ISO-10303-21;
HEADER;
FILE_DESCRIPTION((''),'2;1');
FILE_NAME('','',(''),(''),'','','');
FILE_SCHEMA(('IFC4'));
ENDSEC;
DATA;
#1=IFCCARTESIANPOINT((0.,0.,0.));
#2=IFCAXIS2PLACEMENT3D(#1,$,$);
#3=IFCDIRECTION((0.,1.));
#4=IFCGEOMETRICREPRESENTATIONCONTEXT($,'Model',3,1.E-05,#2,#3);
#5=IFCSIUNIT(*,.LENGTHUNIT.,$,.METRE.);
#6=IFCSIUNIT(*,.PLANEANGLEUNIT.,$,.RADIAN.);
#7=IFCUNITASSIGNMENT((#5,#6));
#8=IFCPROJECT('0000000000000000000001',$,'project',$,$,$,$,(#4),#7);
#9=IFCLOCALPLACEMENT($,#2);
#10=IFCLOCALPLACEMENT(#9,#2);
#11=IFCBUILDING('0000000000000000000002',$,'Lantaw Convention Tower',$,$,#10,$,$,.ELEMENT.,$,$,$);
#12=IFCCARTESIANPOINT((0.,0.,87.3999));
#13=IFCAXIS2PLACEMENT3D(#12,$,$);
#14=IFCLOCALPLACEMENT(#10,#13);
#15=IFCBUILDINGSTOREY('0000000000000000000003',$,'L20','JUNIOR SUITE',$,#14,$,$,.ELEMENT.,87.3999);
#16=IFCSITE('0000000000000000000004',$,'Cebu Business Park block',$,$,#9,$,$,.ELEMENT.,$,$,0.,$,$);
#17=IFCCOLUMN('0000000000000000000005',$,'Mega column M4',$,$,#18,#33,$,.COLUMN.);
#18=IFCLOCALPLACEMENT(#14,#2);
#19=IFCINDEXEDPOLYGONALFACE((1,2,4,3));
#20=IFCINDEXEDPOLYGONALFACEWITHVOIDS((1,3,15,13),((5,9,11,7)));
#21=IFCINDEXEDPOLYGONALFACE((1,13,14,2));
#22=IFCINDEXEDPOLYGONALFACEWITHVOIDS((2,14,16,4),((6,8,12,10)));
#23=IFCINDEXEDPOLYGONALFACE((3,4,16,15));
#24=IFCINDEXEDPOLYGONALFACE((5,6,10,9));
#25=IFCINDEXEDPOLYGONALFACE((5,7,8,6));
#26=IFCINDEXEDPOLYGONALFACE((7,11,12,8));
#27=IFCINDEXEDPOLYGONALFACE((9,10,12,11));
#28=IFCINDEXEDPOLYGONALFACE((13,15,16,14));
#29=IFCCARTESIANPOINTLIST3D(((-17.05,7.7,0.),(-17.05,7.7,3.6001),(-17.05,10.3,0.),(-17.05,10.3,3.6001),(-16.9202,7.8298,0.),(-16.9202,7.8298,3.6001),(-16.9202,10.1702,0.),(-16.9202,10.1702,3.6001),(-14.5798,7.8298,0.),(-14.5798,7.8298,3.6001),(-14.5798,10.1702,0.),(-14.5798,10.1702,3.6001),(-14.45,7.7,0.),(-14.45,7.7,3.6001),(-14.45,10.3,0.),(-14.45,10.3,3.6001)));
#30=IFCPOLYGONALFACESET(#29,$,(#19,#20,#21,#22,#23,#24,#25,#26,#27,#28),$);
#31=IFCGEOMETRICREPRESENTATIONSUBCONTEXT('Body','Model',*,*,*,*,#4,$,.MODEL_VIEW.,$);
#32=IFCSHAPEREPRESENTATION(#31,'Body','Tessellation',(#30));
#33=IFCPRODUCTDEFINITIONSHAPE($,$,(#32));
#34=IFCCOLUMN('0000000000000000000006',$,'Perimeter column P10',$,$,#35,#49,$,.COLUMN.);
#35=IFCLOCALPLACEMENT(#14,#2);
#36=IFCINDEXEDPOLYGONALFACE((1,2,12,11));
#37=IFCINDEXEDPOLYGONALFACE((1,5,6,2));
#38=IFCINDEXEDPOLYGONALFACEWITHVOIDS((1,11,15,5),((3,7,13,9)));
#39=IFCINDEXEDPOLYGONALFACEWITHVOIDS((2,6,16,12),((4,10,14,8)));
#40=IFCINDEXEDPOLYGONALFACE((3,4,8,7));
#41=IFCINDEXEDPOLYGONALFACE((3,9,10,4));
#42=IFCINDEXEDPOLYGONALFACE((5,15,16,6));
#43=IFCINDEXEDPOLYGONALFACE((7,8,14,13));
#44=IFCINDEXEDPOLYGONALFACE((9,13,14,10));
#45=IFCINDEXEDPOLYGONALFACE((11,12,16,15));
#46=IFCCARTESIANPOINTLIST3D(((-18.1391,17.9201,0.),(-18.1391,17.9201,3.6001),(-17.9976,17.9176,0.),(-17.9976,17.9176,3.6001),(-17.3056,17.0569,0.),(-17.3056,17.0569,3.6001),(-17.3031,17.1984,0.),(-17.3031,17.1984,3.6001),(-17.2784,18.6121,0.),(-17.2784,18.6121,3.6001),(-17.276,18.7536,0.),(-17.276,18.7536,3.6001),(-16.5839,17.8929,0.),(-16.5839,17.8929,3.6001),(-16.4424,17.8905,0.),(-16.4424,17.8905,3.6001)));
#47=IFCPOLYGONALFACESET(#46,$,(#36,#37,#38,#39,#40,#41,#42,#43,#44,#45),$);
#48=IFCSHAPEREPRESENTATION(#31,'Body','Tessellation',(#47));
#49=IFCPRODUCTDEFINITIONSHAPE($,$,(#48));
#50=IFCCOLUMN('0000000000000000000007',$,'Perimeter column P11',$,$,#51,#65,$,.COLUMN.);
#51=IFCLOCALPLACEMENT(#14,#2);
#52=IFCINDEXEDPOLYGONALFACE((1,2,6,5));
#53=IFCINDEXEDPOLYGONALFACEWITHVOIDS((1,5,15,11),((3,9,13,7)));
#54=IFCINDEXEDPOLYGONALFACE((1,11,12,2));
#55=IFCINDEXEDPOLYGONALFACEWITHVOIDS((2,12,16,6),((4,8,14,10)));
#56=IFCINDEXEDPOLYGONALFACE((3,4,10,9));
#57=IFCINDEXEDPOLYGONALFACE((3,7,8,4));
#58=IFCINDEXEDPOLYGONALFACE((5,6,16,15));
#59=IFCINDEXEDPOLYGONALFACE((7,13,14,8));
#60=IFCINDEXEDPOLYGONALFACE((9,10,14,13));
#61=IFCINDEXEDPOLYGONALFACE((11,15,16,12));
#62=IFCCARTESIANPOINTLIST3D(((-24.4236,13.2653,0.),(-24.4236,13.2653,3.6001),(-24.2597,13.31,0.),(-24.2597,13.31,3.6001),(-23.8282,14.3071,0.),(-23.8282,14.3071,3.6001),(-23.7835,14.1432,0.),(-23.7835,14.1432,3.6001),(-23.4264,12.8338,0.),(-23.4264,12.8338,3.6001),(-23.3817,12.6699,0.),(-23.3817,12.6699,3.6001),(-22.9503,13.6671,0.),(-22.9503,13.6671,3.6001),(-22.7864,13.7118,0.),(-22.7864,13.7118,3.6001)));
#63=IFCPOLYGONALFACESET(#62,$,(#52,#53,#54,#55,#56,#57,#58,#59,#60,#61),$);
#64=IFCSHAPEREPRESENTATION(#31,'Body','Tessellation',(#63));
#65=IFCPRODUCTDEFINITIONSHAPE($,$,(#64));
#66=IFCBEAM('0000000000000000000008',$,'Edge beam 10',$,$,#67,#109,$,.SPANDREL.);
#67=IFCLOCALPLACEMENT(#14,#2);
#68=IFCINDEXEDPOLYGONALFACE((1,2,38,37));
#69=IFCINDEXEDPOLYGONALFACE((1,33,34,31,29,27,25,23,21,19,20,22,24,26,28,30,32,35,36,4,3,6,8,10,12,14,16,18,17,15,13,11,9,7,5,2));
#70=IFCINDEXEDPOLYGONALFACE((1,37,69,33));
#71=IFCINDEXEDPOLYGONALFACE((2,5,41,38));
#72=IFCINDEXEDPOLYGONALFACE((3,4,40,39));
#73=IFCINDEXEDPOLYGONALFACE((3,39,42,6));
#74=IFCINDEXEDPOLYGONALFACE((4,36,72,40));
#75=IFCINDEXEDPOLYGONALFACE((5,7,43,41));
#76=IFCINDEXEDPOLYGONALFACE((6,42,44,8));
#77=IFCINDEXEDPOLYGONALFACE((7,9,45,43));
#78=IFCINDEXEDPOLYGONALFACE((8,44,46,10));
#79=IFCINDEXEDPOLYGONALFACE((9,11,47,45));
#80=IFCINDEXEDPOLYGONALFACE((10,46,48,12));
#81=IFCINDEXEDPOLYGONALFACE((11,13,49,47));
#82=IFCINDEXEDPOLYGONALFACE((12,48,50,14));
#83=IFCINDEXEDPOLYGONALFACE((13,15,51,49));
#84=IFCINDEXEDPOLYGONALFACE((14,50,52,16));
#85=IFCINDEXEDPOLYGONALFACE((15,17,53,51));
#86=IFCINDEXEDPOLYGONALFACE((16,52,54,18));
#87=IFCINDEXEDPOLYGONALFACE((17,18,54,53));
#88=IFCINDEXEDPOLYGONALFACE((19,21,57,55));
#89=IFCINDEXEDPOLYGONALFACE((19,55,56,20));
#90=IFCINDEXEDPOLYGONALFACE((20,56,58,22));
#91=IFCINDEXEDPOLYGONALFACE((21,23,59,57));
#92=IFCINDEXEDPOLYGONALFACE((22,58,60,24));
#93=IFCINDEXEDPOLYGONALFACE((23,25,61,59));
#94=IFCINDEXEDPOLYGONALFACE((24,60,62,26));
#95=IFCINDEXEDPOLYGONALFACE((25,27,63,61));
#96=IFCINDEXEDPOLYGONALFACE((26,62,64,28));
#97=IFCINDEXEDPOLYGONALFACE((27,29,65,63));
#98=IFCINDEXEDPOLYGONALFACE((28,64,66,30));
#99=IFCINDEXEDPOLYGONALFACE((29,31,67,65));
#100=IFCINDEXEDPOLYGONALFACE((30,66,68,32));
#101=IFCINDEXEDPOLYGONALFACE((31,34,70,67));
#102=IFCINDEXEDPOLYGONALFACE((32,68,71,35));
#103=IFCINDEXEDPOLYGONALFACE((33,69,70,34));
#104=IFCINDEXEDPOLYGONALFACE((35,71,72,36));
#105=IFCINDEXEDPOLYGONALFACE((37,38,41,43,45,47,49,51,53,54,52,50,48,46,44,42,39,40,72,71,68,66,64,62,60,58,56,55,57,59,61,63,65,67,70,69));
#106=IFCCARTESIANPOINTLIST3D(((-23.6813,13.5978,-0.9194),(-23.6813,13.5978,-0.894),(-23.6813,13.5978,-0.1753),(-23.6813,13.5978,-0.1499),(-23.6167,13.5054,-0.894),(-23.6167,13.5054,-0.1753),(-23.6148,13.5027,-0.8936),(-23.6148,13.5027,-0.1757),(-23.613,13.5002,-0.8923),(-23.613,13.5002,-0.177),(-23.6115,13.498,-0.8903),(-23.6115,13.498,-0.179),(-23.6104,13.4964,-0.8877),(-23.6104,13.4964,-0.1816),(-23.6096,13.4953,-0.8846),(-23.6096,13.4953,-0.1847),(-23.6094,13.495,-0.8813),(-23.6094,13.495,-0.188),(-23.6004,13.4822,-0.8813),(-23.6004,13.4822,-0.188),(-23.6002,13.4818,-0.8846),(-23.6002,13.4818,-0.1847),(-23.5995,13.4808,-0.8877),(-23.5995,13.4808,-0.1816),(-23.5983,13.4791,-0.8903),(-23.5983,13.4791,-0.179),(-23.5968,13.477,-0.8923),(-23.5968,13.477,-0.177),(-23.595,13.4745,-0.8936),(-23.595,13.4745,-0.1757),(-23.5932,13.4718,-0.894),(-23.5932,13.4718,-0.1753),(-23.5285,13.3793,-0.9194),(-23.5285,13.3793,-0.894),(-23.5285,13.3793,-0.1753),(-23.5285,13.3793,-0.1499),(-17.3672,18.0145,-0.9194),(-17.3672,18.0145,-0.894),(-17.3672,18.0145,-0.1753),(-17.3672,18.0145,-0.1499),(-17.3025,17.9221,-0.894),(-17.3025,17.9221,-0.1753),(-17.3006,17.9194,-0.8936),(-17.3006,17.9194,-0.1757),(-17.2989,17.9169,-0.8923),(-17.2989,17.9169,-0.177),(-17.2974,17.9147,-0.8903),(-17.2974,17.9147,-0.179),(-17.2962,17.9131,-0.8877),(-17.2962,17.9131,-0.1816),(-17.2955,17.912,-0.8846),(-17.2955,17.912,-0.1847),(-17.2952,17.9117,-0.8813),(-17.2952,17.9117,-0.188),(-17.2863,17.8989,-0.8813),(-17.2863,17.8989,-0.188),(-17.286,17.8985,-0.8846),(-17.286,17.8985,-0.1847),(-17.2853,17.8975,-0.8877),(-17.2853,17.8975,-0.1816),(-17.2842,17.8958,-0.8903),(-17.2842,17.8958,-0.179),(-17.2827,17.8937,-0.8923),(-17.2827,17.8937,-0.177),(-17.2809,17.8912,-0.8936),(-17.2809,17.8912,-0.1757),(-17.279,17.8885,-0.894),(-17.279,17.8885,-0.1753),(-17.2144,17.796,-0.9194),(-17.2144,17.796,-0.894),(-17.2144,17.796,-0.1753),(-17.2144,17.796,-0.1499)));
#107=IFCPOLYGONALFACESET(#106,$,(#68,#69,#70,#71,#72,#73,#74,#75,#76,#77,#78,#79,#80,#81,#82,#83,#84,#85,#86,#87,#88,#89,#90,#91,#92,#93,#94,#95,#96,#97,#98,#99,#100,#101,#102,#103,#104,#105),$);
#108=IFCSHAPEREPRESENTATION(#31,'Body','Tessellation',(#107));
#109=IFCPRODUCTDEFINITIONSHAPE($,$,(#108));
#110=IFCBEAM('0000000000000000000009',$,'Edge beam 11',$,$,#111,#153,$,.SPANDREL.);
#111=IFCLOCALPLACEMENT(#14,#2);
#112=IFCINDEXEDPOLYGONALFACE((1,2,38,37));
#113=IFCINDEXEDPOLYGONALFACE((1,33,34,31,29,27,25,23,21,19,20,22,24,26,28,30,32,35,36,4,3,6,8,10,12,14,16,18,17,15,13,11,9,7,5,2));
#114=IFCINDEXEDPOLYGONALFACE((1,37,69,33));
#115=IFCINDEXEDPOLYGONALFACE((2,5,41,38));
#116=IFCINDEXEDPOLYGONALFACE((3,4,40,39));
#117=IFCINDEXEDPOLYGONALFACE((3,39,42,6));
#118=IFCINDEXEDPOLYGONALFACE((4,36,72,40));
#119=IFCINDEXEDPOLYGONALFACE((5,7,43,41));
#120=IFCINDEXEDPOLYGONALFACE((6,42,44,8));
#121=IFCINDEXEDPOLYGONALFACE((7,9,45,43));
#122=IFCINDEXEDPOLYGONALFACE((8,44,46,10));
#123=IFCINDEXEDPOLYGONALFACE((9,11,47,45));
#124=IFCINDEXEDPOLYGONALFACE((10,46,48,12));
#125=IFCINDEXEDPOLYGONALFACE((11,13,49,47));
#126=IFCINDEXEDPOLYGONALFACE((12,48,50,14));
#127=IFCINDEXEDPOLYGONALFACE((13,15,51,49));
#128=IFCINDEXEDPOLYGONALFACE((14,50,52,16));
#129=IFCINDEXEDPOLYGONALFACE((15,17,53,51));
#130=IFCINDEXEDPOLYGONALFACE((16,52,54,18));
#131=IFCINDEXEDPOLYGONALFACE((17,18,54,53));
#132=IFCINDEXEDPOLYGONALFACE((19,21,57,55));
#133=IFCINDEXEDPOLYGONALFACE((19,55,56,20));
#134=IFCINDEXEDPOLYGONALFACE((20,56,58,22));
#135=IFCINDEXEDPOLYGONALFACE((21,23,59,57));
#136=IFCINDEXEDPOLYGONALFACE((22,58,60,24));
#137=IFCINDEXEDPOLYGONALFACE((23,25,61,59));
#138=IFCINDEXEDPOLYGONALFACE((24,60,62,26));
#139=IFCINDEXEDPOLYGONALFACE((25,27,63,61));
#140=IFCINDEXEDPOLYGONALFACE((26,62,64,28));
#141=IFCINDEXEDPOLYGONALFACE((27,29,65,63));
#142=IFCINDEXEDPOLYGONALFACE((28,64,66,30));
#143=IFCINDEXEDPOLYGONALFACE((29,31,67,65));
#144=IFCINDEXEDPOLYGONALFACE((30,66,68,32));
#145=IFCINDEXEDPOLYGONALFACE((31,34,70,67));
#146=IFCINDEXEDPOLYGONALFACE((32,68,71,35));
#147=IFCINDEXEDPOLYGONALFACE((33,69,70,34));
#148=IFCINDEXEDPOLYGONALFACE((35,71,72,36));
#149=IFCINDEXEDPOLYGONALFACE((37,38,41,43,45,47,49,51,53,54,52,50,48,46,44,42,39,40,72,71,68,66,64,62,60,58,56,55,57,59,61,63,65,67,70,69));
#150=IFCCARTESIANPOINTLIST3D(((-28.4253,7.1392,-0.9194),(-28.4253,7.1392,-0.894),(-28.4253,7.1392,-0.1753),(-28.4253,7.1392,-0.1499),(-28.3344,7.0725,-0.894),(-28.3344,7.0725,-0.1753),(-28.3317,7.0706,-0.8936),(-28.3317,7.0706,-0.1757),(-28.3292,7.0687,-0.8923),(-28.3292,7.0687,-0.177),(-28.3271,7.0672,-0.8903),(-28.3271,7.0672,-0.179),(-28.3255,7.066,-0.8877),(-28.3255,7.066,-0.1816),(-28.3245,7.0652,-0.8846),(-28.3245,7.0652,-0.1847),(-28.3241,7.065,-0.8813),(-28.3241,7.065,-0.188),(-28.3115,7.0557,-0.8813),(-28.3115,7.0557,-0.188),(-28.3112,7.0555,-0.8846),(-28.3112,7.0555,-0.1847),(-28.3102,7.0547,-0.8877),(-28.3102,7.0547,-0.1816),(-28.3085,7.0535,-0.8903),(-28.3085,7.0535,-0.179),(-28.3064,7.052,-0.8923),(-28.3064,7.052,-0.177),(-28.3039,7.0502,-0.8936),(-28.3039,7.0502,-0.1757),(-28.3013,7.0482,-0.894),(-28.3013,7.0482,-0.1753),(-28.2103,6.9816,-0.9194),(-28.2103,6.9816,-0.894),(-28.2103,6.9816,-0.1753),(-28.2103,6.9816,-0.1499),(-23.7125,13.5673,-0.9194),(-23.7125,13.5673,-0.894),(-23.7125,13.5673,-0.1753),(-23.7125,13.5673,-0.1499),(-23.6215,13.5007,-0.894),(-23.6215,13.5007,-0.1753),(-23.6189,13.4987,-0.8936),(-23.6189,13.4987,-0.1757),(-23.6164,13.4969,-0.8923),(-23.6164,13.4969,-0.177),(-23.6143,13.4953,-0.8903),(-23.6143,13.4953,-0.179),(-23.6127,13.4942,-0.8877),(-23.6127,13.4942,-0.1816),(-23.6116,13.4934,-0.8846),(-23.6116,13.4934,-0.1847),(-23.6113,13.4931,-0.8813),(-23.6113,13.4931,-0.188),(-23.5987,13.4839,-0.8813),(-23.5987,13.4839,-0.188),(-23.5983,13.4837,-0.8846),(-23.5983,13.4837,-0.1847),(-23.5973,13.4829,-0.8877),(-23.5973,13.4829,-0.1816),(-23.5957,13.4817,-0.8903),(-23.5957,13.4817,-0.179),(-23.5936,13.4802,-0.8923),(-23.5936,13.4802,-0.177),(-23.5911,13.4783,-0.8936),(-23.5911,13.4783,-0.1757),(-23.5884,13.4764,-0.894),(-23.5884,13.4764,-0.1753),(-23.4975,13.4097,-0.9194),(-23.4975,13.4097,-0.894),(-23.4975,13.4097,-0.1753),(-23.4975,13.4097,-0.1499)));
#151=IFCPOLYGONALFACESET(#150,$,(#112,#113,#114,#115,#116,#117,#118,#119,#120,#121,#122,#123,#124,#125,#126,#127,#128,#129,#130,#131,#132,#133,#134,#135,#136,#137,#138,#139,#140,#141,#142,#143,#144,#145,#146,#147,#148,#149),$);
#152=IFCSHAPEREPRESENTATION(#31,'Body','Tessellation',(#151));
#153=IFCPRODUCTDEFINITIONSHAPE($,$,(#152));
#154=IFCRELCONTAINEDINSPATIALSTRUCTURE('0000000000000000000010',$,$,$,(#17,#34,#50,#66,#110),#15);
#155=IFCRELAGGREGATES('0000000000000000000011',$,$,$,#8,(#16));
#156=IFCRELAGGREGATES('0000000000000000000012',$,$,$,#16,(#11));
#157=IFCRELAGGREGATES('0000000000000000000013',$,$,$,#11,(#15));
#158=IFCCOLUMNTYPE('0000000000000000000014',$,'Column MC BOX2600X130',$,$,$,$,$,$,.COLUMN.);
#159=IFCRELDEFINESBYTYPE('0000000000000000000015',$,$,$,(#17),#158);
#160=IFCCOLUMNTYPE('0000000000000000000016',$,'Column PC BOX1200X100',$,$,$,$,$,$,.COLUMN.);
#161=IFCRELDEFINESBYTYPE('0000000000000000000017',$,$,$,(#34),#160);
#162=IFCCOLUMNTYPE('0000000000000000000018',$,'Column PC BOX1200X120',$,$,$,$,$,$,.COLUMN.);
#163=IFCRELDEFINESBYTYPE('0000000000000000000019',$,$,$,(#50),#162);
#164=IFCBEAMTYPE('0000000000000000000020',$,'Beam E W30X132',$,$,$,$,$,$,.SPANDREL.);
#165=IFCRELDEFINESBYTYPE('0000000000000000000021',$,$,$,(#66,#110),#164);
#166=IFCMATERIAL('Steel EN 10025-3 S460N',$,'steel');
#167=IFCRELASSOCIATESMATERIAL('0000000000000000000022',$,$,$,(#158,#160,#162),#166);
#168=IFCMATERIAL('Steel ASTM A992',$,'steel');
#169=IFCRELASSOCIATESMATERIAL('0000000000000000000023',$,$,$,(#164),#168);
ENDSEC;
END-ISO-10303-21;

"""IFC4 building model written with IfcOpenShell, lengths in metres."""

from ifc_helpers import new_model, si_unit, direction, frame, origin, origin_2d, place, context, subcontext, project, spatial, rectangle, hollow_rectangle, i_section, extrude, material, material_profile, profile_set, type_object, element, save


model = new_model("IFC4")

# Units and contexts
model_context = context("Model", 3, precision=1e-05, world=origin(), true_north=direction((0.0, 1.0)))
body_context = subcontext(model_context, "Body", "Model", "MODEL_VIEW")
ifc_project = project(units=[si_unit("LENGTHUNIT", "METRE"), si_unit("PLANEANGLEUNIT", "RADIAN")], contexts=[model_context])

# Site, building, storey
site_placement = place(None, origin())
site = spatial("IfcSite", under=ifc_project, at=site_placement, Name="Cebu Business Park block", CompositionType="ELEMENT", RefElevation=0.0)
building_placement = place(site_placement, origin())
building = spatial("IfcBuilding", under=site, at=building_placement, Name="Lantaw Convention Tower", CompositionType="ELEMENT")
storey_placement = place(building_placement, frame((0.0, 0.0, 87.3999)))
storey = spatial("IfcBuildingStorey", under=building, at=storey_placement, Name="L20", Description="JUNIOR SUITE", CompositionType="ELEMENT", Elevation=87.3999)

# Columns
ifc_material_1 = material(Name="Steel EN 10025-3 S460N", Category="steel")
ifc_material_profile_1 = material_profile(ifc_material_1, hollow_rectangle(XDim=2.6001, YDim=2.6001, WallThickness=0.1299, at=origin_2d()), Name="BOX2600X130")
ifc_material_2 = material(Name="Concrete C60/75", Category="concrete")
ifc_material_profile_2 = material_profile(ifc_material_2, rectangle(XDim=2.3401, YDim=2.3401, at=origin_2d()), Name="Concrete fill of BOX2600X130")
ifc_profile_set_1 = profile_set([ifc_material_profile_1, ifc_material_profile_2], Name="Steel EN 10025-3 S460N")
column_type_1 = type_object("IfcColumnType", Name="Column MC BOX2600X130", PredefinedType="COLUMN", material=ifc_profile_set_1)
column_1_placement = place(storey_placement, frame((-15.75, 9.0, 0.0), z_axis=(0.0, 0.0, 1.0), x_axis=(1.0, 0.0, 0.0)))
element("IfcColumn", 1, at=column_1_placement, inside=storey, type_object=column_type_1, Name="Mega column M4", PredefinedType="COLUMN", context=body_context, shape_type="SweptSolid", body=[
    extrude(hollow_rectangle(XDim=2.6001, YDim=2.6001, WallThickness=0.1299, at=origin_2d()), origin(), (0.0, 0.0, 1.0), 3.6001),
])
ifc_material_profile_3 = material_profile(ifc_material_1, hollow_rectangle(XDim=1.2, YDim=1.2, WallThickness=0.1001, at=origin_2d()), Name="BOX1200X100")
ifc_material_profile_4 = material_profile(ifc_material_2, rectangle(XDim=1.0, YDim=1.0, at=origin_2d()), Name="Concrete fill of BOX1200X100")
ifc_profile_set_2 = profile_set([ifc_material_profile_3, ifc_material_profile_4], Name="Steel EN 10025-3 S460N")
column_type_2 = type_object("IfcColumnType", Name="Column PC BOX1200X100", PredefinedType="COLUMN", material=ifc_profile_set_2)
column_2_placement = place(storey_placement, frame((-17.2908, 17.9053, 0.0), z_axis=(0.0, 0.0, 1.0), x_axis=(0.71934, 0.694658, 0.0)))
element("IfcColumn", 2, at=column_2_placement, inside=storey, type_object=column_type_2, Name="Perimeter column P10", PredefinedType="COLUMN", context=body_context, shape_type="SweptSolid", body=[
    extrude(hollow_rectangle(XDim=1.2, YDim=1.2, WallThickness=0.1001, at=origin_2d()), origin(), (0.0, 0.0, 1.0), 3.6001),
])
ifc_material_profile_5 = material_profile(ifc_material_1, hollow_rectangle(XDim=1.2, YDim=1.2, WallThickness=0.1201, at=origin_2d()), Name="BOX1200X120")
ifc_material_profile_6 = material_profile(ifc_material_2, rectangle(XDim=0.96, YDim=0.96, at=origin_2d()), Name="Concrete fill of BOX1200X120")
ifc_profile_set_3 = profile_set([ifc_material_profile_5, ifc_material_profile_6], Name="Steel EN 10025-3 S460N")
column_type_3 = type_object("IfcColumnType", Name="Column PC BOX1200X120", PredefinedType="COLUMN", material=ifc_profile_set_3)
column_3_placement = place(storey_placement, frame((-23.605, 13.4885, 0.0), z_axis=(0.0, 0.0, 1.0), x_axis=(0.496139, 0.868243, 0.0)))
element("IfcColumn", 3, at=column_3_placement, inside=storey, type_object=column_type_3, Name="Perimeter column P11", PredefinedType="COLUMN", context=body_context, shape_type="SweptSolid", body=[
    extrude(hollow_rectangle(XDim=1.2, YDim=1.2, WallThickness=0.1201, at=origin_2d()), origin(), (0.0, 0.0, 1.0), 3.6001),
])

# Beams
ifc_material_3 = material(Name="Steel ASTM A992", Category="steel")
ifc_material_profile_7 = material_profile(ifc_material_3, i_section(OverallWidth=0.2666, OverallDepth=0.7695, WebThickness=0.0156, FlangeThickness=0.0254, FilletRadius=0.0127, at=origin_2d()), Name="W30X132")
ifc_profile_set_4 = profile_set([ifc_material_profile_7], Name="Steel ASTM A992")
beam_type_1 = type_object("IfcBeamType", Name="Beam E W30X132", PredefinedType="SPANDREL", material=ifc_profile_set_4)
beam_1_placement = place(storey_placement, frame((-17.2908, 17.9053, -0.5347), z_axis=(-0.819427, -0.573184, 0.0), x_axis=(0.573184, -0.819427, 0.0)))
element("IfcBeam", 4, at=beam_1_placement, inside=storey, type_object=beam_type_1, Name="Edge beam 10", PredefinedType="SPANDREL", context=body_context, shape_type="SweptSolid", body=[
    extrude(i_section(OverallWidth=0.2666, OverallDepth=0.7695, WebThickness=0.0156, FlangeThickness=0.0254, FilletRadius=0.0127, at=origin_2d()), origin(), (0.0, 0.0, 1.0), 7.7056),
])
beam_2_placement = place(storey_placement, frame((-23.605, 13.4885, -0.5347), z_axis=(-0.591271, -0.806473, 0.0), x_axis=(0.806473, -0.591271, 0.0)))
element("IfcBeam", 5, at=beam_2_placement, inside=storey, type_object=beam_type_1, Name="Edge beam 11", PredefinedType="SPANDREL", context=body_context, shape_type="SweptSolid", body=[
    extrude(i_section(OverallWidth=0.2666, OverallDepth=0.7695, WebThickness=0.0156, FlangeThickness=0.0254, FilletRadius=0.0127, at=origin_2d()), origin(), (0.0, 0.0, 1.0), 7.9707),
])

save(model, "model.ifc")
